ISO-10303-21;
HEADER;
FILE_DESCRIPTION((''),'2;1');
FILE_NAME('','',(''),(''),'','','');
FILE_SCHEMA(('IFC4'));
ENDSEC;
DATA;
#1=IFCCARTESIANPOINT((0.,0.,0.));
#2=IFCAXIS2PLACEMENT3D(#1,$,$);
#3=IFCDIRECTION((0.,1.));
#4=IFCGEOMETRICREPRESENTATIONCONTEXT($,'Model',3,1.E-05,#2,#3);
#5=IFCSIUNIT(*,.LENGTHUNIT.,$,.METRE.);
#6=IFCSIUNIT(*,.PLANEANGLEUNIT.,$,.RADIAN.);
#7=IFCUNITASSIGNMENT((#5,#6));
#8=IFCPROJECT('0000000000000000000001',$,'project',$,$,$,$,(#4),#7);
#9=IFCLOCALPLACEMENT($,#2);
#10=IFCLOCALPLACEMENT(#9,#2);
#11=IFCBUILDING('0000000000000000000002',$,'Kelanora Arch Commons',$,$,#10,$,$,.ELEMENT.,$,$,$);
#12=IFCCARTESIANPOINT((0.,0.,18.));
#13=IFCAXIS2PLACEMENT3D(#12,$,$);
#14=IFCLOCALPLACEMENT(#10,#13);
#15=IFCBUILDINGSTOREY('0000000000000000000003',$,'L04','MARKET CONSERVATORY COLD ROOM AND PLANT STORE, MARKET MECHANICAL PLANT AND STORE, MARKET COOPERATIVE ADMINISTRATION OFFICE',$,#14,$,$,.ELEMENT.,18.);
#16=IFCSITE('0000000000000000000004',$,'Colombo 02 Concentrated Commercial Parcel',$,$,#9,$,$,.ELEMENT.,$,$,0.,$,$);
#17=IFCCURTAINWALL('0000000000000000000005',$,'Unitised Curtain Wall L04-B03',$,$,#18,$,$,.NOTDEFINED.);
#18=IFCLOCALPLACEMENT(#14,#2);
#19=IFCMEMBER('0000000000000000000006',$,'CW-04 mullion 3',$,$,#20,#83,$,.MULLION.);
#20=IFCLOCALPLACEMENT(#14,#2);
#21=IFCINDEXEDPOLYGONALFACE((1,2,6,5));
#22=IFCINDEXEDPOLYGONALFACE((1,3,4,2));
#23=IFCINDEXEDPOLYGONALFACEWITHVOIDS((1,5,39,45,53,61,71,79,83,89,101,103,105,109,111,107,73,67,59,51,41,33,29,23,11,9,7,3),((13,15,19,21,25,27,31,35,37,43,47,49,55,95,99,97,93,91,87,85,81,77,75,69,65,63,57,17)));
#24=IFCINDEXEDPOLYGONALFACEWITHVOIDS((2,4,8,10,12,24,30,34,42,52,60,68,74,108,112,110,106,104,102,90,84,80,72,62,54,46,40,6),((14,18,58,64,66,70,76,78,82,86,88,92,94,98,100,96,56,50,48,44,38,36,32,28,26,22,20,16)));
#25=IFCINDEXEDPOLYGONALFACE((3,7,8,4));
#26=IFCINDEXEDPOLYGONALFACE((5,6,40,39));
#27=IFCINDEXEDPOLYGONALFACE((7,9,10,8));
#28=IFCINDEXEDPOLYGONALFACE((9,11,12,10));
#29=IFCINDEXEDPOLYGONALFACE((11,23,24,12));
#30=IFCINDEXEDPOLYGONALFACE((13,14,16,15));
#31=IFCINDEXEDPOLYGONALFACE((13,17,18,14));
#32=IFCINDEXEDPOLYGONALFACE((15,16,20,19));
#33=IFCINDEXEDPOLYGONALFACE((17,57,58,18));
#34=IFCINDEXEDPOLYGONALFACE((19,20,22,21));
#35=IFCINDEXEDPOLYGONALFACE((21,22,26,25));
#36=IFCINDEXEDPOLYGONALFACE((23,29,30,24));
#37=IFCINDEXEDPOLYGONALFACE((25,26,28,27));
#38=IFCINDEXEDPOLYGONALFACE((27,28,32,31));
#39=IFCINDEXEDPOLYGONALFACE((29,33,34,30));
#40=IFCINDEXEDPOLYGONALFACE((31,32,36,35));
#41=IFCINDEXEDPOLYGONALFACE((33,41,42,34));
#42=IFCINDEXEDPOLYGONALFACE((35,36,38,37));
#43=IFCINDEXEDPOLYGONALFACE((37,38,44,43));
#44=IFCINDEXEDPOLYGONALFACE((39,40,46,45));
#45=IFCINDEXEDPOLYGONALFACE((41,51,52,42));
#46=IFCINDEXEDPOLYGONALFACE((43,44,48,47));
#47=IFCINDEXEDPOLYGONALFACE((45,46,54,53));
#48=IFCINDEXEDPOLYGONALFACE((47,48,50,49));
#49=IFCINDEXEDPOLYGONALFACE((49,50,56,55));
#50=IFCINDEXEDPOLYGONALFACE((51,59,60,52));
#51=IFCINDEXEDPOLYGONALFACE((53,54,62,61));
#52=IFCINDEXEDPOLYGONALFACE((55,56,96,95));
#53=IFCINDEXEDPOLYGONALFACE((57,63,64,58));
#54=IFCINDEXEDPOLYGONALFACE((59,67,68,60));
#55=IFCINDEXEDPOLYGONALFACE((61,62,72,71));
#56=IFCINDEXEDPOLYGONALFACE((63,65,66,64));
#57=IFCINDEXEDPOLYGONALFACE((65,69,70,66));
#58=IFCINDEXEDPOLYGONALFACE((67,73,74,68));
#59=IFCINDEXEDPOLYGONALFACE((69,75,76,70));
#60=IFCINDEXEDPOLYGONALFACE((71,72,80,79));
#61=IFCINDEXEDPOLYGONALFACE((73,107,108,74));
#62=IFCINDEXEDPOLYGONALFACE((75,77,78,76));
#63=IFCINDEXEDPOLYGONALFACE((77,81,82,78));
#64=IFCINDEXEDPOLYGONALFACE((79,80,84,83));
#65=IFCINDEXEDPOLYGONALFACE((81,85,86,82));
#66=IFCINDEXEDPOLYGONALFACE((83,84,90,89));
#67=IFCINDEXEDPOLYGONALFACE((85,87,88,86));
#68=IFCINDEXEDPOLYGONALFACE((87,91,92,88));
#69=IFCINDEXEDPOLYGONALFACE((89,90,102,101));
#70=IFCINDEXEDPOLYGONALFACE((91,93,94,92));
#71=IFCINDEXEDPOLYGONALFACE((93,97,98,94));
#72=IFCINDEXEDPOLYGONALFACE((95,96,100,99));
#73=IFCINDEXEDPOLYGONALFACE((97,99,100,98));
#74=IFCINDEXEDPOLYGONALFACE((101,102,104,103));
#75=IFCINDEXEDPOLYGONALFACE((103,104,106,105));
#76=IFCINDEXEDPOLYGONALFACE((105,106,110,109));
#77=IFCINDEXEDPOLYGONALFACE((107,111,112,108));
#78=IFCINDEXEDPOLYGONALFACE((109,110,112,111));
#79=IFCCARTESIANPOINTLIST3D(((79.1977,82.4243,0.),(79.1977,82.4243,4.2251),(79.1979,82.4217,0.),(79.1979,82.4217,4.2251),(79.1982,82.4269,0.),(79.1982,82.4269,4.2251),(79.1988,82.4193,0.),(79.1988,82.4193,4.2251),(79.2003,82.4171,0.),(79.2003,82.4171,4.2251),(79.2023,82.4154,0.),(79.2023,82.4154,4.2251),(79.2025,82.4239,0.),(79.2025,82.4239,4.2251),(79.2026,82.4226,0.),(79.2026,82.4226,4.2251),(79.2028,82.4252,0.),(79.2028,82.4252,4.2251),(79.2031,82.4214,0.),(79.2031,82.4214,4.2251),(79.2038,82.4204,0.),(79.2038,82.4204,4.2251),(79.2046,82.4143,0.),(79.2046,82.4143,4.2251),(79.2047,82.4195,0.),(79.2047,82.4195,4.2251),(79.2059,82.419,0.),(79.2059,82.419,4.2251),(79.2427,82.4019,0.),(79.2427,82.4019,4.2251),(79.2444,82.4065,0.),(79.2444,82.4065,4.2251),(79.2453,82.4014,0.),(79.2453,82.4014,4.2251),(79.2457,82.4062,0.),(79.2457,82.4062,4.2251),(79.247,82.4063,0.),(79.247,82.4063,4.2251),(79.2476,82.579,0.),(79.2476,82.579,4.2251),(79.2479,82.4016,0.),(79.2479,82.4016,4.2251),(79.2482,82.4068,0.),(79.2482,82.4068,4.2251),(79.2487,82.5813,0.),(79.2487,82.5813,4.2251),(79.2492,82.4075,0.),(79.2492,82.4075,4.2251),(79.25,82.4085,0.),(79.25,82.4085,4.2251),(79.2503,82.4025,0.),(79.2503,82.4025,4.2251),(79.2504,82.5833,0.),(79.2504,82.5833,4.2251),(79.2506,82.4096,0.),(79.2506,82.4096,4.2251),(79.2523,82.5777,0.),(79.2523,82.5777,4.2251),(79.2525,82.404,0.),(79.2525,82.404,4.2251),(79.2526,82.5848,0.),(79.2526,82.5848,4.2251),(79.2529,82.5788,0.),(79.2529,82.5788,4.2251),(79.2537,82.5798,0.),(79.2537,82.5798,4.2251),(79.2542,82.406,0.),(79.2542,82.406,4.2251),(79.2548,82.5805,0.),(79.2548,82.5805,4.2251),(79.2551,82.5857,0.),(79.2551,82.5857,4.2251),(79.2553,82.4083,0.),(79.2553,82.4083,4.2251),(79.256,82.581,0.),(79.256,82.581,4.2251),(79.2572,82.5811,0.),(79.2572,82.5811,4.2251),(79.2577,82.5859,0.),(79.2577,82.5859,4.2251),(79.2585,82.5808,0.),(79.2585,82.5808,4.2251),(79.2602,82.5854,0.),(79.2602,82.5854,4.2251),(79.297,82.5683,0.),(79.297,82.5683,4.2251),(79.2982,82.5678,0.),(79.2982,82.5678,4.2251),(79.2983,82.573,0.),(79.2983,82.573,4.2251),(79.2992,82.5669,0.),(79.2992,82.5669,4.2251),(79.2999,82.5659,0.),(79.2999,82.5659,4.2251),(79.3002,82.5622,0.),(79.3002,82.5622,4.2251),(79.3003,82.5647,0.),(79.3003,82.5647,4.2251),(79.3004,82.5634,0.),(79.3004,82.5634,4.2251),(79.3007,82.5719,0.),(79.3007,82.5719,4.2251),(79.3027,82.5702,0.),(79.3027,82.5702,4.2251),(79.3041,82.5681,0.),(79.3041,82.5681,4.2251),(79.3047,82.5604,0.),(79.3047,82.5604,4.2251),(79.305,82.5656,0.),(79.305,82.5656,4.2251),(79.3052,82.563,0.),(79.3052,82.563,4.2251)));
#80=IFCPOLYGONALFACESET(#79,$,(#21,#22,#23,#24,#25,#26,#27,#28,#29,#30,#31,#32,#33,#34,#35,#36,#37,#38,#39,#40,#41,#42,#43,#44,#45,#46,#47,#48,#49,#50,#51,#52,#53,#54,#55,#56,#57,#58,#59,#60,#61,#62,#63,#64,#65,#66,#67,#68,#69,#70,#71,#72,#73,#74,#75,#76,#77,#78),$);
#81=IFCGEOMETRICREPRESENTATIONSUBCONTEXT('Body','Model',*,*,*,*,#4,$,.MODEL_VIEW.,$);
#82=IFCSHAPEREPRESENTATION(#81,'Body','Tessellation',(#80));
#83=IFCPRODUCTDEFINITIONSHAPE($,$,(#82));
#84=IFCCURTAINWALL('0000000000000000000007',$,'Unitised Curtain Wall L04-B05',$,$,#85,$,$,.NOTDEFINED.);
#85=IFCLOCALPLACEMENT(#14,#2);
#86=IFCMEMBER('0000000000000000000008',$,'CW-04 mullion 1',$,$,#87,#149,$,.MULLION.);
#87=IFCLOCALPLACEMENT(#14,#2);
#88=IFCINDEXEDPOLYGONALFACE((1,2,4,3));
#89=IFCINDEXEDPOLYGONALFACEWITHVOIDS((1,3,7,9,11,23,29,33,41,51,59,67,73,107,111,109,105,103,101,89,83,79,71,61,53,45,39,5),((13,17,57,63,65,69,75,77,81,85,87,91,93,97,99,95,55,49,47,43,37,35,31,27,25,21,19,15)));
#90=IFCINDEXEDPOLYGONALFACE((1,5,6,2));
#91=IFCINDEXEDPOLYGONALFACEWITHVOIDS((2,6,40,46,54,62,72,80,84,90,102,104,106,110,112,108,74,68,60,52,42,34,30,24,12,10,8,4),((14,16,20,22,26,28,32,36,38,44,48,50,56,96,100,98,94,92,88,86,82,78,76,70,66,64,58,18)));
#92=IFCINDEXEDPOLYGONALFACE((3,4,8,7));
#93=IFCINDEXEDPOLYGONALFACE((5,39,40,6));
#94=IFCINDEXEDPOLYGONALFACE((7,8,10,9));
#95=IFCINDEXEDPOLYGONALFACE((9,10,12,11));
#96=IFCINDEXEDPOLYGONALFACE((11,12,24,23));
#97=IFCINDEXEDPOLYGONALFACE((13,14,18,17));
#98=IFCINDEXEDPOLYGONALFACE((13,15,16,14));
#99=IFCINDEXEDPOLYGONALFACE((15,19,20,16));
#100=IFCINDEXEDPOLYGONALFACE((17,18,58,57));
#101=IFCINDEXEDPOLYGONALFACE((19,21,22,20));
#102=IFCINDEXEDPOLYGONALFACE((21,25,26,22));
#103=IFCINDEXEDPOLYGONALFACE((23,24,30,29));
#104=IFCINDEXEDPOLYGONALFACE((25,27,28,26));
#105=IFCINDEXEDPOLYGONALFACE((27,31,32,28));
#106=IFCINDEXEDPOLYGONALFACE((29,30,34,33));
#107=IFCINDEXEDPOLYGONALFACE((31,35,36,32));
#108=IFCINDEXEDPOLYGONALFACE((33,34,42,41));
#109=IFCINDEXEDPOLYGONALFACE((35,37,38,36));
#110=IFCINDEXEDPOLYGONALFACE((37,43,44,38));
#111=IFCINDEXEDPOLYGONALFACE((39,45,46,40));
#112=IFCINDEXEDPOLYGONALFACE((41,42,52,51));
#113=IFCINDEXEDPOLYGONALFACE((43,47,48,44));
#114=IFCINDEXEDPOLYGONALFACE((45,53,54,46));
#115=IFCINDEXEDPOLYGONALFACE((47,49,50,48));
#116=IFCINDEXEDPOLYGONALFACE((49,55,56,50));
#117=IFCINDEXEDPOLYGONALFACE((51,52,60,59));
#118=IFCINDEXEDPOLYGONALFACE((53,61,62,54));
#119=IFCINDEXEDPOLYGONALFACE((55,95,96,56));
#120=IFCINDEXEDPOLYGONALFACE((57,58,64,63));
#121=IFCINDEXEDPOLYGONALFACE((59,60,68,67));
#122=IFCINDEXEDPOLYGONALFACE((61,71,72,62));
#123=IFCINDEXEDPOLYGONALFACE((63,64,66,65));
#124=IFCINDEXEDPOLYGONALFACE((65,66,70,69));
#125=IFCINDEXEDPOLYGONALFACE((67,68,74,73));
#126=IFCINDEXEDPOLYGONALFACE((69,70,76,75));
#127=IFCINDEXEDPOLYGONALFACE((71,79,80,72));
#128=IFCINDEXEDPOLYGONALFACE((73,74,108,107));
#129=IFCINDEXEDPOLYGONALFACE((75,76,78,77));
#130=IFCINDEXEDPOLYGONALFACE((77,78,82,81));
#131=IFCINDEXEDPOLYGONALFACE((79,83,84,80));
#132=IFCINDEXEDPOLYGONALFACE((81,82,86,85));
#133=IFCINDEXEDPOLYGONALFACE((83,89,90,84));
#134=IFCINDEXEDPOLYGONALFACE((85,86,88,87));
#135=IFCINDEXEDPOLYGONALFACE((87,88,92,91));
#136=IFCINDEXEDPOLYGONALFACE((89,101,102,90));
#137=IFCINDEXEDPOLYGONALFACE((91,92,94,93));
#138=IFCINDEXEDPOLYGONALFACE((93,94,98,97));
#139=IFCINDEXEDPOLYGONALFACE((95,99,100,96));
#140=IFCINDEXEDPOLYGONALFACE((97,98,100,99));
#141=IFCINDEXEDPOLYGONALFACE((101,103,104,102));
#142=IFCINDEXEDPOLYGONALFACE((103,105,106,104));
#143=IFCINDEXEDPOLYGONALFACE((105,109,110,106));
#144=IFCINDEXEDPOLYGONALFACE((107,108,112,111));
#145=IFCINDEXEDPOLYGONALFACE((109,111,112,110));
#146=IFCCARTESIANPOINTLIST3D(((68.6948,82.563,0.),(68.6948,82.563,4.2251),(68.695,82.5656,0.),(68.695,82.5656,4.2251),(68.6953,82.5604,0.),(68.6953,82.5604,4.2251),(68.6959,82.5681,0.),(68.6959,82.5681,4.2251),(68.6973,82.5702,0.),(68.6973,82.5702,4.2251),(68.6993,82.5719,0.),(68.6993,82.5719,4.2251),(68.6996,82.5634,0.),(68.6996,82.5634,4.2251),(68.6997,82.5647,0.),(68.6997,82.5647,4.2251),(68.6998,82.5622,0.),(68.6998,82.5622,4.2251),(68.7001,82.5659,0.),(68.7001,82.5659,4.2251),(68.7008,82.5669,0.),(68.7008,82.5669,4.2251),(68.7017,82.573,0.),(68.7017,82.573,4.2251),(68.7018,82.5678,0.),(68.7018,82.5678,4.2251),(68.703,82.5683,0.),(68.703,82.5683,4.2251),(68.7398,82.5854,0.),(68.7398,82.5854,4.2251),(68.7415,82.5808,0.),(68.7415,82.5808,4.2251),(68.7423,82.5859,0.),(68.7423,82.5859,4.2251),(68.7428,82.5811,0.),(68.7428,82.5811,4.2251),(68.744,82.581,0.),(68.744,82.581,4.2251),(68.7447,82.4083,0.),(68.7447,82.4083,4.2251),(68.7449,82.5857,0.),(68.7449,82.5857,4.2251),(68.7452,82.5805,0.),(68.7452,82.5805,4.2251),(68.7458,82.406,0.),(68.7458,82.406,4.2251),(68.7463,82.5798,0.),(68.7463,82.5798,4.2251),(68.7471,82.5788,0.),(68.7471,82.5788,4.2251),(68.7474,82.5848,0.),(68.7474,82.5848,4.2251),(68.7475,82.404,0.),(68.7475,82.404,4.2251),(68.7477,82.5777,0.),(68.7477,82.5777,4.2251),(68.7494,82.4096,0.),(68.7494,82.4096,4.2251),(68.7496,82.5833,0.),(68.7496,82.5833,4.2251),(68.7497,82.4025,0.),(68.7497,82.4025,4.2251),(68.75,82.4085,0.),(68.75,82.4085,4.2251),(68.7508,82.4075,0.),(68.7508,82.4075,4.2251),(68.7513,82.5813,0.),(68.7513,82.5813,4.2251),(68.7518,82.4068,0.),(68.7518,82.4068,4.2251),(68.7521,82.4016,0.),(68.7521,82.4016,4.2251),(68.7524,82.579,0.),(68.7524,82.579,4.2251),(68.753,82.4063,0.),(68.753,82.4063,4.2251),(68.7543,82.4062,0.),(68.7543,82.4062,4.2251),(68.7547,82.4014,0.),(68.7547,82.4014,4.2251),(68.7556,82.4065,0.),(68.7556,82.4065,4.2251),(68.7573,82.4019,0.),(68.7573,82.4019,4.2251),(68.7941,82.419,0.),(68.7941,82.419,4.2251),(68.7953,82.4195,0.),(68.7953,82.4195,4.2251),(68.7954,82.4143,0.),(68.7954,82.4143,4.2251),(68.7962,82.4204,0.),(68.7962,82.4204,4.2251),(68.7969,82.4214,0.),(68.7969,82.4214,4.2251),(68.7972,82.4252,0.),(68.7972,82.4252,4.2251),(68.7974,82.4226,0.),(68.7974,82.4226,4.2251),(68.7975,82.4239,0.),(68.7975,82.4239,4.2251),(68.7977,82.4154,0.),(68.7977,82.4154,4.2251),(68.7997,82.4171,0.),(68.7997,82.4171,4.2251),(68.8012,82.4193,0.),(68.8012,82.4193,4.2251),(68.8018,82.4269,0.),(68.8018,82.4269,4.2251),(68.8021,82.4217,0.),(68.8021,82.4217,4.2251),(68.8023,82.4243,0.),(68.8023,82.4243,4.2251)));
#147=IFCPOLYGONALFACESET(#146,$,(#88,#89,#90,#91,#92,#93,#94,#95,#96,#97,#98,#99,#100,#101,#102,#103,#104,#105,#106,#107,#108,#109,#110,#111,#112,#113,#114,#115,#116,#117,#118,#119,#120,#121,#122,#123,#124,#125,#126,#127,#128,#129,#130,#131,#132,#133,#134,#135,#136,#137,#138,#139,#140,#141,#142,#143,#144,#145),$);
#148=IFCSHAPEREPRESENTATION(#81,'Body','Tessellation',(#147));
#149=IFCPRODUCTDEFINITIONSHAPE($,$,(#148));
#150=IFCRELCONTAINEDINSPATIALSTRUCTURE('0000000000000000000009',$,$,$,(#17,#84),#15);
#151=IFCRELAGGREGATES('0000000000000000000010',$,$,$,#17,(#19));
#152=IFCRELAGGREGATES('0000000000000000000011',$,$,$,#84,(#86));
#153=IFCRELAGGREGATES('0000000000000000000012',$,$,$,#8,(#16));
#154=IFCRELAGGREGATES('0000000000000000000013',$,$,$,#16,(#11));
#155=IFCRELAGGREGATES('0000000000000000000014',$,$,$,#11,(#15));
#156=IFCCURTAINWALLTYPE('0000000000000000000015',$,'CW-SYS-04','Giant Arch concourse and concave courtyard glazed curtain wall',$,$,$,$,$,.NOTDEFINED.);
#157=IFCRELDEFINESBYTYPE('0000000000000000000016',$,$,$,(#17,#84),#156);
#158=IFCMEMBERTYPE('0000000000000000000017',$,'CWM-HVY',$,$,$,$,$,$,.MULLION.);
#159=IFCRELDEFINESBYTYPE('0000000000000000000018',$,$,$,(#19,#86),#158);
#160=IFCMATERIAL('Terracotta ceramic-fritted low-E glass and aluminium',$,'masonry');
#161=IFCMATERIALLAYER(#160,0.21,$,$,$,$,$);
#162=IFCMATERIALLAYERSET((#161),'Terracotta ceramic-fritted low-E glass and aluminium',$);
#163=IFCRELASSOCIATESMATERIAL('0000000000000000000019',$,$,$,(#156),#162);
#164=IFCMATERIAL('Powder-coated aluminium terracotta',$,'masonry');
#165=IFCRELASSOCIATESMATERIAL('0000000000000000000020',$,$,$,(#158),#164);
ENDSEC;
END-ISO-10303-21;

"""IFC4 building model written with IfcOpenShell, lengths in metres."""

from ifc_helpers import new_model, si_unit, direction, frame, origin, origin_2d, place, context, subcontext, project, spatial, hollow_rectangle, extrude, material, layer, layer_set, material_profile, profile_set, type_object, element, aggregate, save


model = new_model("IFC4")

# Units and contexts
model_context = context("Model", 3, precision=1e-05, world=origin(), true_north=direction((0.0, 1.0)))
body_context = subcontext(model_context, "Body", "Model", "MODEL_VIEW")
ifc_project = project(units=[si_unit("LENGTHUNIT", "METRE"), si_unit("PLANEANGLEUNIT", "RADIAN")], contexts=[model_context])

# Site, building, storey
site_placement = place(None, origin())
site = spatial("IfcSite", under=ifc_project, at=site_placement, Name="Colombo 02 Concentrated Commercial Parcel", CompositionType="ELEMENT", RefElevation=0.0)
building_placement = place(site_placement, origin())
building = spatial("IfcBuilding", under=site, at=building_placement, Name="Kelanora Arch Commons", CompositionType="ELEMENT")
storey_placement = place(building_placement, frame((0.0, 0.0, 18.0)))
storey = spatial("IfcBuildingStorey", under=building, at=storey_placement, Name="L04", Description="MARKET CONSERVATORY COLD ROOM AND PLANT STORE, MARKET MECHANICAL PLANT AND STORE, MARKET COOPERATIVE ADMINISTRATION OFFICE", CompositionType="ELEMENT", Elevation=18.0)

# Curtain wall, member
ifc_material_1 = material(Name="Terracotta ceramic-fritted low-E glass and aluminium", Category="masonry")
ifc_layer_1 = layer(ifc_material_1, 0.21)
ifc_layer_set_1 = layer_set([ifc_layer_1], Name="Terracotta ceramic-fritted low-E glass and aluminium")
curtain_wall_type = type_object("IfcCurtainWallType", Name="CW-SYS-04", Description="Giant Arch concourse and concave courtyard glazed curtain wall", PredefinedType="NOTDEFINED", material=ifc_layer_set_1)
curtain_wall_1_placement = place(storey_placement, origin())
curtain_wall_1 = element("IfcCurtainWall", 1, at=curtain_wall_1_placement, inside=storey, type_object=curtain_wall_type, Name="Unitised Curtain Wall L04-B03", PredefinedType="NOTDEFINED")
ifc_material_2 = material(Name="Powder-coated aluminium terracotta", Category="masonry")
ifc_material_profile_1 = material_profile(ifc_material_2, hollow_rectangle(XDim=0.1799, YDim=0.0601, WallThickness=0.0049, InnerFilletRadius=0.0049, OuterFilletRadius=0.01, at=origin_2d()), Name="CWM180x60")
ifc_profile_set_1 = profile_set([ifc_material_profile_1], Name="Powder-coated aluminium terracotta")
member_type_1 = type_object("IfcMemberType", Name="CWM-HVY", PredefinedType="MULLION", material=ifc_profile_set_1)
member_1_placement = place(storey_placement, frame((79.2515, 82.4937, 0.0), z_axis=(0.0, 0.0, 1.0), x_axis=(-0.30907, -0.951039, 0.0)))
member_1 = element("IfcMember", 2, at=member_1_placement, type_object=member_type_1, Name="CW-04 mullion 3", PredefinedType="MULLION", context=body_context, shape_type="SweptSolid", body=[
    extrude(hollow_rectangle(XDim=0.1799, YDim=0.0601, WallThickness=0.0049, InnerFilletRadius=0.0049, OuterFilletRadius=0.01, at=origin_2d()), origin(), (0.0, 0.0, 1.0), 4.2251),
])
aggregate(curtain_wall_1, [member_1])

# Curtain wall, member
curtain_wall_2_placement = place(storey_placement, origin())
curtain_wall_2 = element("IfcCurtainWall", 3, at=curtain_wall_2_placement, inside=storey, type_object=curtain_wall_type, Name="Unitised Curtain Wall L04-B05", PredefinedType="NOTDEFINED")
member_2_placement = place(storey_placement, frame((68.7485, 82.4937, 0.0), z_axis=(0.0, 0.0, 1.0), x_axis=(0.30907, -0.951039, 0.0)))
member_2 = element("IfcMember", 4, at=member_2_placement, type_object=member_type_1, Name="CW-04 mullion 1", PredefinedType="MULLION", context=body_context, shape_type="SweptSolid", body=[
    extrude(hollow_rectangle(XDim=0.1799, YDim=0.0601, WallThickness=0.0049, InnerFilletRadius=0.0049, OuterFilletRadius=0.01, at=origin_2d()), origin(), (0.0, 0.0, 1.0), 4.2251),
])
aggregate(curtain_wall_2, [member_2])

save(model, "model.ifc")
